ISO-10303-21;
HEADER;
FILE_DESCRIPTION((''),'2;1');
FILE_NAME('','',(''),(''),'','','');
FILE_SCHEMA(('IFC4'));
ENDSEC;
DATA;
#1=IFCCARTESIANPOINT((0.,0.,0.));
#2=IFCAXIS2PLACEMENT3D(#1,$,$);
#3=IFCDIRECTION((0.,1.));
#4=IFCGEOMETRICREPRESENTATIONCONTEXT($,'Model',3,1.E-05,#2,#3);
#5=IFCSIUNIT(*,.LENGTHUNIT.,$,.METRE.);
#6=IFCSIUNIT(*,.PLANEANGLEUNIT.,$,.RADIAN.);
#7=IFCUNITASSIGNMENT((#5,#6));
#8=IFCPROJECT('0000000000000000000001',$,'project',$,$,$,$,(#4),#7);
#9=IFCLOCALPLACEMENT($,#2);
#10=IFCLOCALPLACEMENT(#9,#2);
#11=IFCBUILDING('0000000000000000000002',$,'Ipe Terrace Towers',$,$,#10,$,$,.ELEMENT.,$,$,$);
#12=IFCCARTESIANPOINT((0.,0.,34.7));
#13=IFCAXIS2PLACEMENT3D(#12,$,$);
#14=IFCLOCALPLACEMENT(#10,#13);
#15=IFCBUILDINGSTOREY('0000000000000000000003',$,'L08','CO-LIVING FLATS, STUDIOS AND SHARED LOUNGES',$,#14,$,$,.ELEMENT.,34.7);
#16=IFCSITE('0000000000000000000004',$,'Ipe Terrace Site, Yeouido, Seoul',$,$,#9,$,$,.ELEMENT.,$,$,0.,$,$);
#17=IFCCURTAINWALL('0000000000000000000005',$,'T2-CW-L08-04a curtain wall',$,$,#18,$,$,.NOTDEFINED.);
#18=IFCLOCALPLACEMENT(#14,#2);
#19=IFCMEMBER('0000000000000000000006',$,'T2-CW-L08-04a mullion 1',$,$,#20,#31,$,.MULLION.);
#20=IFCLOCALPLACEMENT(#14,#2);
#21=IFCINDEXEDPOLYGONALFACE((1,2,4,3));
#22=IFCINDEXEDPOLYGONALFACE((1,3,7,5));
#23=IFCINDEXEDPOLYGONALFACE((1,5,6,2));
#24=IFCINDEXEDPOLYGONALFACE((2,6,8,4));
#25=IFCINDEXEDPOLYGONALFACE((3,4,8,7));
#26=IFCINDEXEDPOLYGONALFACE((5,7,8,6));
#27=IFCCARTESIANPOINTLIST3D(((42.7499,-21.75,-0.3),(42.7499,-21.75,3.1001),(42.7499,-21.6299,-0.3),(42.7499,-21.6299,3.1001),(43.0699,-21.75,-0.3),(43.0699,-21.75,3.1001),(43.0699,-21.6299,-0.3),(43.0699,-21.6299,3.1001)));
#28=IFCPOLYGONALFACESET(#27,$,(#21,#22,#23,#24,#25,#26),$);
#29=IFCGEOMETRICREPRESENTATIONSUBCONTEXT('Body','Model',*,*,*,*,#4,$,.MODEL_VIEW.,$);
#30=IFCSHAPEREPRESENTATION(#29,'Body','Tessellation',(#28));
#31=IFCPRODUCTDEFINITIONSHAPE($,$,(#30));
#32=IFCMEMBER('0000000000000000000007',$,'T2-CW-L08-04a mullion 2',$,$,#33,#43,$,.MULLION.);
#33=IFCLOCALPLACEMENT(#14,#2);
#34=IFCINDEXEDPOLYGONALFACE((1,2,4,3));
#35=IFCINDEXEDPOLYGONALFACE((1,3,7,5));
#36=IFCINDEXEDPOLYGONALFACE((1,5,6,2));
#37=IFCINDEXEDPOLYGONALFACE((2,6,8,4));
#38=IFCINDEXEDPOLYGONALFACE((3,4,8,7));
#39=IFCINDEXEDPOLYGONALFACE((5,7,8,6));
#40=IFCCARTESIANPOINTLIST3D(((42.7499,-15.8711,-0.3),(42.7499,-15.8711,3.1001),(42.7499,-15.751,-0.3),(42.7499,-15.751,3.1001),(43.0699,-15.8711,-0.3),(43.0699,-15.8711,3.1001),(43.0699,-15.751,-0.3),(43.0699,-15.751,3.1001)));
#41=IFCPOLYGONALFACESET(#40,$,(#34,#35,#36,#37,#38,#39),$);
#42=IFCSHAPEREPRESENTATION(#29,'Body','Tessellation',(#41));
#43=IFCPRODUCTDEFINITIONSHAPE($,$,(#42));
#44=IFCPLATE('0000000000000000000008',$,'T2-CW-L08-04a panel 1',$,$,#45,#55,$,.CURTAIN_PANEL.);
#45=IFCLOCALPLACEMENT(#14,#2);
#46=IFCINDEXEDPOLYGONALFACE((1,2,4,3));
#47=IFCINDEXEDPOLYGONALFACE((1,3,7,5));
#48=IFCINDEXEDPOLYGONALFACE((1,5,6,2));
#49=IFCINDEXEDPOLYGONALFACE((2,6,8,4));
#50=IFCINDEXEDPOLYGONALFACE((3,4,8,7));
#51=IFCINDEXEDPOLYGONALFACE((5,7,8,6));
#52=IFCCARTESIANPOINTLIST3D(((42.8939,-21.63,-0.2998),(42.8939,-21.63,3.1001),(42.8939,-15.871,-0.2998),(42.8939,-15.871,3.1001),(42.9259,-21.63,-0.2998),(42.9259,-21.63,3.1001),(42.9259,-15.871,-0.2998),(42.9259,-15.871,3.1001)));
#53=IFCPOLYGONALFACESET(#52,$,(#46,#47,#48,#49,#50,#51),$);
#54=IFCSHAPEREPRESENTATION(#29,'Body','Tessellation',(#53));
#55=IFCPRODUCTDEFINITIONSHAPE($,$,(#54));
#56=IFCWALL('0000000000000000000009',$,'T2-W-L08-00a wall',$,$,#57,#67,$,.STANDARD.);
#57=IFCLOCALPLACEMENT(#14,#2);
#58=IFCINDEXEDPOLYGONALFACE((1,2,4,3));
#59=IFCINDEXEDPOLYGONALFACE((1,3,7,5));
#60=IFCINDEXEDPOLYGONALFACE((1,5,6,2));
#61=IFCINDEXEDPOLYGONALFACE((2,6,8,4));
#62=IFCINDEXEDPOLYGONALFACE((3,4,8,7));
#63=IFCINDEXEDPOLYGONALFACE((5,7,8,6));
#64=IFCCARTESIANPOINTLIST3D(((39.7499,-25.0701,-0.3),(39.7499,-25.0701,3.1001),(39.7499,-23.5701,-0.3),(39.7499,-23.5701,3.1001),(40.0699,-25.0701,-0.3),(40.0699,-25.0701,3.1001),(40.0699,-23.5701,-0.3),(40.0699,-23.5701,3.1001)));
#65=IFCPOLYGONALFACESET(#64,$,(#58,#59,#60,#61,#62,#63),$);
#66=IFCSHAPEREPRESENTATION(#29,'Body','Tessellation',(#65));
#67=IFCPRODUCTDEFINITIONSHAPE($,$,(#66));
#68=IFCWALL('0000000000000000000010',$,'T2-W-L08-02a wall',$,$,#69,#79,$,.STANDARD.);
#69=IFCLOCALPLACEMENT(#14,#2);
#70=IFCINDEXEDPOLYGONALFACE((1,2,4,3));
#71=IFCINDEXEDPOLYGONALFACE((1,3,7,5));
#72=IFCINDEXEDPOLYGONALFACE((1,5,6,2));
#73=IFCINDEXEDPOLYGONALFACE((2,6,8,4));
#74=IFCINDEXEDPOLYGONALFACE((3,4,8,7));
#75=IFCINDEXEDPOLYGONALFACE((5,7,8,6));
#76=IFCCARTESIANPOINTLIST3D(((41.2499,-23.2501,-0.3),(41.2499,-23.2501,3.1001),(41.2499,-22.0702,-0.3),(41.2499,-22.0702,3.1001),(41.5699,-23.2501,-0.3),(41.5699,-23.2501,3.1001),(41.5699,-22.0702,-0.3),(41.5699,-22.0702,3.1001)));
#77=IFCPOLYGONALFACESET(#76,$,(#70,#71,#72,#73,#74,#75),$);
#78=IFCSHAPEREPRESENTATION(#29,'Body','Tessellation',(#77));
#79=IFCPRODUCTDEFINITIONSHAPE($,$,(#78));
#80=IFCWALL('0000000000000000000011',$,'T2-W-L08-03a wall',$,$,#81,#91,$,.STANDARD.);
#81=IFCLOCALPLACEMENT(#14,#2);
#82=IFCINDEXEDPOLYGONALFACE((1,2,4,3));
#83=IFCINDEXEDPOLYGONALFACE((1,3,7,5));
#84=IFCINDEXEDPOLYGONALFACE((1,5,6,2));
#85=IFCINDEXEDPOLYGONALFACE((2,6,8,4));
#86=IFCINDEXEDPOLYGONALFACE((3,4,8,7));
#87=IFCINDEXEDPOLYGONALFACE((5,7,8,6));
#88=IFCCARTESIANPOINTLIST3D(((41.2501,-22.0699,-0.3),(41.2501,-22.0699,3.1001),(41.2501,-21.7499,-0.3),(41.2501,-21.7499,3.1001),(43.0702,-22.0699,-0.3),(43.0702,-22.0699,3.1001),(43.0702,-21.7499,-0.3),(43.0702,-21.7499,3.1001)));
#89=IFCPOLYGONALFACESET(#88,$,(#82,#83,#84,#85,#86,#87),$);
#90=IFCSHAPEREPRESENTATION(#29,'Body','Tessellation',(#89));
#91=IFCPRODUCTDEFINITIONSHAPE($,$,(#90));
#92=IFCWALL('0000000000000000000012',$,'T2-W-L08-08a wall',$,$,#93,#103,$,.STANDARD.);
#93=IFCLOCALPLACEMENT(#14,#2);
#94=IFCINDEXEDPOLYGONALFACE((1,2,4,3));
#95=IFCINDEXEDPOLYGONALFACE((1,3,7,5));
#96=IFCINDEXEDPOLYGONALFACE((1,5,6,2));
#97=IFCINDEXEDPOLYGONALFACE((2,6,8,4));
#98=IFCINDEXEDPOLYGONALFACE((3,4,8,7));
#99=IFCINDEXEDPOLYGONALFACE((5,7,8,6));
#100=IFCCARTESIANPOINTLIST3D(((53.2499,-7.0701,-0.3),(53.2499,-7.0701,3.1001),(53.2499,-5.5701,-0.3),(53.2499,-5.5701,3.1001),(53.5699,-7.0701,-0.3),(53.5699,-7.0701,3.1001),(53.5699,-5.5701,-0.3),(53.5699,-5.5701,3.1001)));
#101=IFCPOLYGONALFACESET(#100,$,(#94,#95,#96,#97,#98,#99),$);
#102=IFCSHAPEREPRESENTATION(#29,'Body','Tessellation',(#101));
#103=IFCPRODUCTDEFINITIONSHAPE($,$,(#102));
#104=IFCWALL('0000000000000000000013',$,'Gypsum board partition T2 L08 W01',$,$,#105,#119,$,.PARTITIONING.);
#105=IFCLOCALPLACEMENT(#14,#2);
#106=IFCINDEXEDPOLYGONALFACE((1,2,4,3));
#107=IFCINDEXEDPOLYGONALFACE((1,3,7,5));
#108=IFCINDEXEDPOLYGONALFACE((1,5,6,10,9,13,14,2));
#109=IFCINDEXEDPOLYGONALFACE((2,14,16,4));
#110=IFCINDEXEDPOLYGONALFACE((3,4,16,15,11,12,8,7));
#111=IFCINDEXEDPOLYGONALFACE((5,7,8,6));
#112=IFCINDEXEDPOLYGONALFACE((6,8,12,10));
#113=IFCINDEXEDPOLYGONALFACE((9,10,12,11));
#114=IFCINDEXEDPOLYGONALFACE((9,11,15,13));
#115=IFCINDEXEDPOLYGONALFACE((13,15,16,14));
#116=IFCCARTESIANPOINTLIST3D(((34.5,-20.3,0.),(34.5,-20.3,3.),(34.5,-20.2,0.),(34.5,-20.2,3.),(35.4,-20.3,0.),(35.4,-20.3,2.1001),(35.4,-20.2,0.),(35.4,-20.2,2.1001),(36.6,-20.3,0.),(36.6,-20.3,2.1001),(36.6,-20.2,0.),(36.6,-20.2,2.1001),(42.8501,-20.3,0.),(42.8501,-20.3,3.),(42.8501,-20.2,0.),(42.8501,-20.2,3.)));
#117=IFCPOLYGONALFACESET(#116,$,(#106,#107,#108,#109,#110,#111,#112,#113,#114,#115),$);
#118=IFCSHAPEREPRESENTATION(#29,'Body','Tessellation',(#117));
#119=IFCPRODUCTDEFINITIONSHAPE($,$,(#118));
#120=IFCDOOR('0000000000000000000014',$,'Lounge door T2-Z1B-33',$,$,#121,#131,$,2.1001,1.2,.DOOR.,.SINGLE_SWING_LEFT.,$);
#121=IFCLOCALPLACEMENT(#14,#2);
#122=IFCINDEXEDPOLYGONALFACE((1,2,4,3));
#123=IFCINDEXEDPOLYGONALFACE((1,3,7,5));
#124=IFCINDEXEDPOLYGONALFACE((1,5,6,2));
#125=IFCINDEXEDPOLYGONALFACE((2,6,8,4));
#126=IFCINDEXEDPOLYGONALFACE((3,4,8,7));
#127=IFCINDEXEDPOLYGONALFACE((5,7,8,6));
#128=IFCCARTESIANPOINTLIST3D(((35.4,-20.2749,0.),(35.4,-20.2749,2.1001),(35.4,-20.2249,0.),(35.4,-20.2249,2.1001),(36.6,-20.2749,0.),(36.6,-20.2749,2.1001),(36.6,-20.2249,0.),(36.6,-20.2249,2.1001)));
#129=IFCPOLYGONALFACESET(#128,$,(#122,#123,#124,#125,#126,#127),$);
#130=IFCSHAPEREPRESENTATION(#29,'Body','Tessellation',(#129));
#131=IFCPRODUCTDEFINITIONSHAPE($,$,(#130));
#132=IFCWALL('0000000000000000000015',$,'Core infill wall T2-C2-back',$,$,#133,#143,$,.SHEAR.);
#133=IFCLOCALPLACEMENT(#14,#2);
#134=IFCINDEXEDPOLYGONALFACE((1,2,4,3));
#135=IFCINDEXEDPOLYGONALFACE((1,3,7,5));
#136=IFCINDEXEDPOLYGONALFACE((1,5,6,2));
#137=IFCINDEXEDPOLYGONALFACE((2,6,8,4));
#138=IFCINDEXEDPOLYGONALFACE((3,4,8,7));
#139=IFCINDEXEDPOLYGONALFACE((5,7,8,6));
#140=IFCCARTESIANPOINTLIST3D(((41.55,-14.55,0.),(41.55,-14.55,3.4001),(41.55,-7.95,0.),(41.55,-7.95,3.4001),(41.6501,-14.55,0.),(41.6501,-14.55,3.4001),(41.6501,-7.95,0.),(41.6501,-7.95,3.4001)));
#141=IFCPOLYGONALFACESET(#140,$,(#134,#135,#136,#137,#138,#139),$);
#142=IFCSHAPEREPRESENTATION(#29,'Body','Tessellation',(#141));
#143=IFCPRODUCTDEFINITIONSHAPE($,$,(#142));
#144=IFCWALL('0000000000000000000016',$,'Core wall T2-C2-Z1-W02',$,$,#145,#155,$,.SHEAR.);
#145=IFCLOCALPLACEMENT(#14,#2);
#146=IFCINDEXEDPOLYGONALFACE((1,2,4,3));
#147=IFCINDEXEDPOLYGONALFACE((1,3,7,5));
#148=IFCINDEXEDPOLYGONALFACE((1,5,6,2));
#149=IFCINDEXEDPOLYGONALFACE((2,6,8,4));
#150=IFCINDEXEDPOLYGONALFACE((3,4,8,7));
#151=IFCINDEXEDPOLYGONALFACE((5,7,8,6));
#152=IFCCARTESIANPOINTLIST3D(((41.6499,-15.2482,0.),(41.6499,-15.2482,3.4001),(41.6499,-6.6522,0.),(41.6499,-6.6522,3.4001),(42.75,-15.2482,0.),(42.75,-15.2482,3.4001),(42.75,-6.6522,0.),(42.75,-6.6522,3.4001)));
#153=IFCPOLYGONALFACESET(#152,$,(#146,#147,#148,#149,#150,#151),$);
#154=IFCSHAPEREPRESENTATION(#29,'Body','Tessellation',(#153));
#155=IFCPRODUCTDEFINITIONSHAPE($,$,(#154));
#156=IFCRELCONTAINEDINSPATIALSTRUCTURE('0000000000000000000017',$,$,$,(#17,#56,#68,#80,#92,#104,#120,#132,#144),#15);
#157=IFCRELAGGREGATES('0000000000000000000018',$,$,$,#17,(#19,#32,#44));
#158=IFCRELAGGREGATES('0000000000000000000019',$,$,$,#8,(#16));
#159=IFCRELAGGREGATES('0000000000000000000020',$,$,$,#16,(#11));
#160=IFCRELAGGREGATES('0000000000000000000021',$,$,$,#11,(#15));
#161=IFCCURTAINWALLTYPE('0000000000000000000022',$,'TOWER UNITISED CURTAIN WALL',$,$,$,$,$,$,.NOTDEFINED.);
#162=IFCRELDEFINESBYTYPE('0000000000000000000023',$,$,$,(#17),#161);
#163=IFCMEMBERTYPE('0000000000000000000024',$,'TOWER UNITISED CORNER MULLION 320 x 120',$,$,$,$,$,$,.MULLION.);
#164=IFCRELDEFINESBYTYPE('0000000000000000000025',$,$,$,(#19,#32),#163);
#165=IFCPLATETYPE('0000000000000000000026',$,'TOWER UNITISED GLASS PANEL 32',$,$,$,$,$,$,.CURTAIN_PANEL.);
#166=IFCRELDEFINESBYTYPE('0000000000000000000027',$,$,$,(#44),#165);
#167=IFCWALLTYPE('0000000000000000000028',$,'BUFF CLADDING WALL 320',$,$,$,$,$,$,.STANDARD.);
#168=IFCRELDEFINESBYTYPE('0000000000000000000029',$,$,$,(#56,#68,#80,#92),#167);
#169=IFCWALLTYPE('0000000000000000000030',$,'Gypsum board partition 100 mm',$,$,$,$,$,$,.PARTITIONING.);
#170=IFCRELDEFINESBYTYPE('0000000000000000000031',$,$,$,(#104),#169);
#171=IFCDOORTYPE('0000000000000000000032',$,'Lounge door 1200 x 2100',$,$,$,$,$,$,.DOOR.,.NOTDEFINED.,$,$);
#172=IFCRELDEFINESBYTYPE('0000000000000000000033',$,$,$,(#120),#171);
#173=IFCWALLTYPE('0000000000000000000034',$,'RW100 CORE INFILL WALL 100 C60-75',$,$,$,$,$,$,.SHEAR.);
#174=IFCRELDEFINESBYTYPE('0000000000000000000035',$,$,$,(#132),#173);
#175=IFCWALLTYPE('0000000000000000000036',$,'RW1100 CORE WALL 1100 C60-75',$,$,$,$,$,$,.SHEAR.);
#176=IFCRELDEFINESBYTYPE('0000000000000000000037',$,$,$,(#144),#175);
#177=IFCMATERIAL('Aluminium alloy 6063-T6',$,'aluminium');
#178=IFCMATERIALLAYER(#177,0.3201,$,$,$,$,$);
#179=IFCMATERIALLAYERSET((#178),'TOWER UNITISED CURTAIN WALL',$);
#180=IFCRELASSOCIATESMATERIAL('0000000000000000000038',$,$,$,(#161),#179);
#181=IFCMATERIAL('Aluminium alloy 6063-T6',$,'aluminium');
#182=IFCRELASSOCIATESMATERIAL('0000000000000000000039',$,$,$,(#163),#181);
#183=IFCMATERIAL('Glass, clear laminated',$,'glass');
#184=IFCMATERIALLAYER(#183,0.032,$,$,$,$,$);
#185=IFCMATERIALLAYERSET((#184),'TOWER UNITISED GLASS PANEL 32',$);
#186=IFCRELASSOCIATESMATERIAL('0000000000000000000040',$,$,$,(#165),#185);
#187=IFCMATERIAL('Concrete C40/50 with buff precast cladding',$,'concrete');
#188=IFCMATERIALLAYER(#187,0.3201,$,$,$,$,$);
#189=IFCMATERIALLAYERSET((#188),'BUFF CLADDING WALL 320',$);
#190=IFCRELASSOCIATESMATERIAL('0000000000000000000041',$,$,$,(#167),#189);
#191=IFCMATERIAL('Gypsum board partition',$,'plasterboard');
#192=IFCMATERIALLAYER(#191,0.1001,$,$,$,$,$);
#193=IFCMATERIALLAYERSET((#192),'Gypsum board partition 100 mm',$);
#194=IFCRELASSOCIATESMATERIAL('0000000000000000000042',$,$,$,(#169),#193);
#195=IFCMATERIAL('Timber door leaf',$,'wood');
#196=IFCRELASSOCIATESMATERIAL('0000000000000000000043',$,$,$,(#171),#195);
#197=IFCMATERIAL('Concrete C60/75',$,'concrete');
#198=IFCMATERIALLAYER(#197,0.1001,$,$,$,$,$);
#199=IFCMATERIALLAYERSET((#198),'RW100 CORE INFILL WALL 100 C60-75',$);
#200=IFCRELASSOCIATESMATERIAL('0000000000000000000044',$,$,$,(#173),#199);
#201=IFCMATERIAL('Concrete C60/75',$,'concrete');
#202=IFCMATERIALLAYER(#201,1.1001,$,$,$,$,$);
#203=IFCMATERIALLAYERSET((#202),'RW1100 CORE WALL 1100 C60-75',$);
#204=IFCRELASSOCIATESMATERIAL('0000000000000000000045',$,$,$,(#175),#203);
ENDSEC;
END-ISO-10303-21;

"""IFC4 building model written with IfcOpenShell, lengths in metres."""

from ifc_helpers import new_model, si_unit, direction, frame, frame_2d, origin, origin_2d, place, context, subcontext, project, spatial, rectangle, extrude, material, layer, layer_set, material_profile, profile_set, type_object, element, fill, aggregate, save


model = new_model("IFC4")

# Units and contexts
model_context = context("Model", 3, precision=1e-05, world=origin(), true_north=direction((0.0, 1.0)))
body_context = subcontext(model_context, "Body", "Model", "MODEL_VIEW")
ifc_project = project(units=[si_unit("LENGTHUNIT", "METRE"), si_unit("PLANEANGLEUNIT", "RADIAN")], contexts=[model_context])

# Site, building, storey
site_placement = place(None, origin())
site = spatial("IfcSite", under=ifc_project, at=site_placement, Name="Ipe Terrace Site, Yeouido, Seoul", CompositionType="ELEMENT", RefElevation=0.0)
building_placement = place(site_placement, origin())
building = spatial("IfcBuilding", under=site, at=building_placement, Name="Ipe Terrace Towers", CompositionType="ELEMENT")
storey_placement = place(building_placement, frame((0.0, 0.0, 34.7)))
storey = spatial("IfcBuildingStorey", under=building, at=storey_placement, Name="L08", Description="CO-LIVING FLATS, STUDIOS AND SHARED LOUNGES", CompositionType="ELEMENT", Elevation=34.7)

# Curtain wall, members, plate
ifc_material_1 = material(Name="Aluminium alloy 6063-T6", Category="aluminium")
ifc_layer_1 = layer(ifc_material_1, 0.3201)
ifc_layer_set_1 = layer_set([ifc_layer_1], Name="TOWER UNITISED CURTAIN WALL")
curtain_wall_type = type_object("IfcCurtainWallType", Name="TOWER UNITISED CURTAIN WALL", PredefinedType="NOTDEFINED", material=ifc_layer_set_1)
curtain_wall_placement = place(storey_placement, origin())
curtain_wall = element("IfcCurtainWall", 1, at=curtain_wall_placement, inside=storey, type_object=curtain_wall_type, Name="T2-CW-L08-04a curtain wall", PredefinedType="NOTDEFINED")
ifc_material_2 = material(Name="Aluminium alloy 6063-T6", Category="aluminium")
ifc_material_profile_1 = material_profile(ifc_material_2, rectangle(XDim=0.3201, YDim=0.1201, at=origin_2d()), Name="TOWER UNITISED CORNER MULLION 320 x 120")
ifc_profile_set_1 = profile_set([ifc_material_profile_1], Name="Aluminium alloy 6063-T6")
member_type = type_object("IfcMemberType", Name="TOWER UNITISED CORNER MULLION 320 x 120", PredefinedType="MULLION", material=ifc_profile_set_1)
member_1_placement = place(storey_placement, frame((42.9099, -21.6899, -0.3), z_axis=(0.0, 0.0, 1.0), x_axis=(1.0, 0.0, 0.0)))
member_1 = element("IfcMember", 2, at=member_1_placement, type_object=member_type, Name="T2-CW-L08-04a mullion 1", PredefinedType="MULLION", context=body_context, shape_type="SweptSolid", body=[
    extrude(rectangle(XDim=0.3201, YDim=0.1201, at=origin_2d()), origin(), (0.0, 0.0, 1.0), 3.4001),
])
member_2_placement = place(storey_placement, frame((42.9099, -15.811, -0.3), z_axis=(0.0, 0.0, 1.0), x_axis=(1.0, 0.0, 0.0)))
member_2 = element("IfcMember", 3, at=member_2_placement, type_object=member_type, Name="T2-CW-L08-04a mullion 2", PredefinedType="MULLION", context=body_context, shape_type="SweptSolid", body=[
    extrude(rectangle(XDim=0.3201, YDim=0.1201, at=origin_2d()), origin(), (0.0, 0.0, 1.0), 3.4001),
])
ifc_material_3 = material(Name="Glass, clear laminated", Category="glass")
ifc_layer_2 = layer(ifc_material_3, 0.032)
ifc_layer_set_2 = layer_set([ifc_layer_2], Name="TOWER UNITISED GLASS PANEL 32")
plate_type = type_object("IfcPlateType", Name="TOWER UNITISED GLASS PANEL 32", PredefinedType="CURTAIN_PANEL", material=ifc_layer_set_2)
plate_placement = place(storey_placement, frame((42.9099, -18.7505, -0.2998), z_axis=(0.0, 0.0, 1.0), x_axis=(0.0, 1.0, 0.0)))
plate = element("IfcPlate", 4, at=plate_placement, type_object=plate_type, Name="T2-CW-L08-04a panel 1", PredefinedType="CURTAIN_PANEL", context=body_context, shape_type="SweptSolid", body=[
    extrude(rectangle(XDim=5.759, YDim=0.032, at=origin_2d()), origin(), (0.0, 0.0, 1.0), 3.3999),
])
aggregate(curtain_wall, [member_1, member_2, plate])

# Walls
ifc_material_4 = material(Name="Concrete C40/50 with buff precast cladding", Category="concrete")
ifc_layer_3 = layer(ifc_material_4, 0.3201)
ifc_layer_set_3 = layer_set([ifc_layer_3], Name="BUFF CLADDING WALL 320")
wall_type_1 = type_object("IfcWallType", Name="BUFF CLADDING WALL 320", PredefinedType="STANDARD", material=ifc_layer_set_3)
wall_1_placement = place(storey_placement, frame((39.9099, -25.0701, -0.3), z_axis=(0.0, 0.0, 1.0), x_axis=(0.0, 1.0, 0.0)))
element("IfcWall", 5, at=wall_1_placement, inside=storey, type_object=wall_type_1, Name="T2-W-L08-00a wall", PredefinedType="STANDARD", context=body_context, shape_type="SweptSolid", body=[
    extrude(rectangle(XDim=1.5, YDim=0.3201, at=frame_2d((0.75, 0.0))), origin(), (0.0, 0.0, 1.0), 3.4001),
])
wall_2_placement = place(storey_placement, frame((41.4099, -23.25, -0.3), z_axis=(0.0, 0.0, 1.0), x_axis=(0.0, 1.0, 0.0)))
element("IfcWall", 6, at=wall_2_placement, inside=storey, type_object=wall_type_1, Name="T2-W-L08-02a wall", PredefinedType="STANDARD", context=body_context, shape_type="SweptSolid", body=[
    extrude(rectangle(XDim=1.1799, YDim=0.3201, at=frame_2d((0.5898, 0.0))), origin(), (0.0, 0.0, 1.0), 3.4001),
])
wall_3_placement = place(storey_placement, frame((41.25, -21.9099, -0.3), z_axis=(0.0, 0.0, 1.0), x_axis=(1.0, 0.0, 0.0)))
element("IfcWall", 7, at=wall_3_placement, inside=storey, type_object=wall_type_1, Name="T2-W-L08-03a wall", PredefinedType="STANDARD", context=body_context, shape_type="SweptSolid", body=[
    extrude(rectangle(XDim=1.8201, YDim=0.3201, at=frame_2d((0.9102, 0.0))), origin(), (0.0, 0.0, 1.0), 3.4001),
])
wall_4_placement = place(storey_placement, frame((53.4099, -7.0701, -0.3), z_axis=(0.0, 0.0, 1.0), x_axis=(0.0, 1.0, 0.0)))
element("IfcWall", 8, at=wall_4_placement, inside=storey, type_object=wall_type_1, Name="T2-W-L08-08a wall", PredefinedType="STANDARD", context=body_context, shape_type="SweptSolid", body=[
    extrude(rectangle(XDim=1.5, YDim=0.3201, at=frame_2d((0.75, 0.0))), origin(), (0.0, 0.0, 1.0), 3.4001),
])

# Wall, opening, door
ifc_material_5 = material(Name="Gypsum board partition", Category="plasterboard")
ifc_layer_4 = layer(ifc_material_5, 0.1001)
ifc_layer_set_4 = layer_set([ifc_layer_4], Name="Gypsum board partition 100 mm")
wall_type_2 = type_object("IfcWallType", Name="Gypsum board partition 100 mm", PredefinedType="PARTITIONING", material=ifc_layer_set_4)
wall_5_placement = place(storey_placement, frame((42.8501, -20.25, 0.0), z_axis=(0.0, 0.0, 1.0), x_axis=(-1.0, 0.0, 0.0)))
wall_5 = element("IfcWall", 9, at=wall_5_placement, inside=storey, type_object=wall_type_2, Name="Gypsum board partition T2 L08 W01", PredefinedType="PARTITIONING", context=body_context, shape_type="SweptSolid", body=[
    extrude(rectangle(XDim=8.3501, YDim=0.1001, at=frame_2d((4.175, 0.0))), origin(), (0.0, 0.0, 1.0), 3.0),
])
opening_1_placement = place(wall_5_placement, frame((6.25, 0.0, 0.0)))
opening_1 = element("IfcOpeningElement", 10, at=opening_1_placement, cuts=wall_5, PredefinedType="OPENING", context=body_context, shape_type="SweptSolid", body=[
    extrude(rectangle(XDim=1.2, YDim=2.1001, at=frame_2d((0.6001, 1.05))), frame((0.0, 0.0601, 0.0), z_axis=(0.0, -1.0, 0.0), x_axis=(1.0, 0.0, 0.0)), (0.0, 0.0, 1.0), 0.1201),
])
ifc_material_6 = material(Name="Timber door leaf", Category="wood")
door_type_1 = type_object("IfcDoorType", Name="Lounge door 1200 x 2100", OperationType="NOTDEFINED", PredefinedType="DOOR", material=ifc_material_6)
door_1_placement = place(opening_1_placement, origin())
door_1 = element("IfcDoor", 11, at=door_1_placement, inside=storey, type_object=door_type_1, Name="Lounge door T2-Z1B-33", OperationType="SINGLE_SWING_LEFT", OverallHeight=2.1001, OverallWidth=1.2, PredefinedType="DOOR", context=body_context, shape_type="SweptSolid", body=[
    extrude(rectangle(XDim=1.2, YDim=2.1001, at=frame_2d((0.6001, 1.05))), frame((0.0, 0.0249, 0.0), z_axis=(0.0, -1.0, 0.0), x_axis=(1.0, 0.0, 0.0)), (0.0, 0.0, 1.0), 0.05),
])
fill(opening_1, door_1)

# Walls
ifc_material_7 = material(Name="Concrete C60/75", Category="concrete")
ifc_layer_5 = layer(ifc_material_7, 0.1001)
ifc_layer_set_5 = layer_set([ifc_layer_5], Name="RW100 CORE INFILL WALL 100 C60-75")
wall_type_3 = type_object("IfcWallType", Name="RW100 CORE INFILL WALL 100 C60-75", PredefinedType="SHEAR", material=ifc_layer_set_5)
wall_6_placement = place(storey_placement, frame((41.6001, -7.95, 0.0), z_axis=(0.0, 0.0, 1.0), x_axis=(0.0, -1.0, 0.0)))
element("IfcWall", 12, at=wall_6_placement, inside=storey, type_object=wall_type_3, Name="Core infill wall T2-C2-back", PredefinedType="SHEAR", context=body_context, shape_type="SweptSolid", body=[
    extrude(rectangle(XDim=6.6001, YDim=0.1001, at=frame_2d((3.3, 0.0))), origin(), (0.0, 0.0, 1.0), 3.4001),
])
ifc_material_8 = material(Name="Concrete C60/75", Category="concrete")
ifc_layer_6 = layer(ifc_material_8, 1.1001)
ifc_layer_set_6 = layer_set([ifc_layer_6], Name="RW1100 CORE WALL 1100 C60-75")
wall_type_4 = type_object("IfcWallType", Name="RW1100 CORE WALL 1100 C60-75", PredefinedType="SHEAR", material=ifc_layer_set_6)
wall_7_placement = place(storey_placement, frame((42.2, -15.248, 0.0), z_axis=(0.0, 0.0, 1.0), x_axis=(0.0, 1.0, 0.0)))
element("IfcWall", 13, at=wall_7_placement, inside=storey, type_object=wall_type_4, Name="Core wall T2-C2-Z1-W02", PredefinedType="SHEAR", context=body_context, shape_type="SweptSolid", body=[
    extrude(rectangle(XDim=8.5959, YDim=1.1001, at=frame_2d((4.2979, 0.0))), origin(), (0.0, 0.0, 1.0), 3.4001),
])

save(model, "model.ifc")
